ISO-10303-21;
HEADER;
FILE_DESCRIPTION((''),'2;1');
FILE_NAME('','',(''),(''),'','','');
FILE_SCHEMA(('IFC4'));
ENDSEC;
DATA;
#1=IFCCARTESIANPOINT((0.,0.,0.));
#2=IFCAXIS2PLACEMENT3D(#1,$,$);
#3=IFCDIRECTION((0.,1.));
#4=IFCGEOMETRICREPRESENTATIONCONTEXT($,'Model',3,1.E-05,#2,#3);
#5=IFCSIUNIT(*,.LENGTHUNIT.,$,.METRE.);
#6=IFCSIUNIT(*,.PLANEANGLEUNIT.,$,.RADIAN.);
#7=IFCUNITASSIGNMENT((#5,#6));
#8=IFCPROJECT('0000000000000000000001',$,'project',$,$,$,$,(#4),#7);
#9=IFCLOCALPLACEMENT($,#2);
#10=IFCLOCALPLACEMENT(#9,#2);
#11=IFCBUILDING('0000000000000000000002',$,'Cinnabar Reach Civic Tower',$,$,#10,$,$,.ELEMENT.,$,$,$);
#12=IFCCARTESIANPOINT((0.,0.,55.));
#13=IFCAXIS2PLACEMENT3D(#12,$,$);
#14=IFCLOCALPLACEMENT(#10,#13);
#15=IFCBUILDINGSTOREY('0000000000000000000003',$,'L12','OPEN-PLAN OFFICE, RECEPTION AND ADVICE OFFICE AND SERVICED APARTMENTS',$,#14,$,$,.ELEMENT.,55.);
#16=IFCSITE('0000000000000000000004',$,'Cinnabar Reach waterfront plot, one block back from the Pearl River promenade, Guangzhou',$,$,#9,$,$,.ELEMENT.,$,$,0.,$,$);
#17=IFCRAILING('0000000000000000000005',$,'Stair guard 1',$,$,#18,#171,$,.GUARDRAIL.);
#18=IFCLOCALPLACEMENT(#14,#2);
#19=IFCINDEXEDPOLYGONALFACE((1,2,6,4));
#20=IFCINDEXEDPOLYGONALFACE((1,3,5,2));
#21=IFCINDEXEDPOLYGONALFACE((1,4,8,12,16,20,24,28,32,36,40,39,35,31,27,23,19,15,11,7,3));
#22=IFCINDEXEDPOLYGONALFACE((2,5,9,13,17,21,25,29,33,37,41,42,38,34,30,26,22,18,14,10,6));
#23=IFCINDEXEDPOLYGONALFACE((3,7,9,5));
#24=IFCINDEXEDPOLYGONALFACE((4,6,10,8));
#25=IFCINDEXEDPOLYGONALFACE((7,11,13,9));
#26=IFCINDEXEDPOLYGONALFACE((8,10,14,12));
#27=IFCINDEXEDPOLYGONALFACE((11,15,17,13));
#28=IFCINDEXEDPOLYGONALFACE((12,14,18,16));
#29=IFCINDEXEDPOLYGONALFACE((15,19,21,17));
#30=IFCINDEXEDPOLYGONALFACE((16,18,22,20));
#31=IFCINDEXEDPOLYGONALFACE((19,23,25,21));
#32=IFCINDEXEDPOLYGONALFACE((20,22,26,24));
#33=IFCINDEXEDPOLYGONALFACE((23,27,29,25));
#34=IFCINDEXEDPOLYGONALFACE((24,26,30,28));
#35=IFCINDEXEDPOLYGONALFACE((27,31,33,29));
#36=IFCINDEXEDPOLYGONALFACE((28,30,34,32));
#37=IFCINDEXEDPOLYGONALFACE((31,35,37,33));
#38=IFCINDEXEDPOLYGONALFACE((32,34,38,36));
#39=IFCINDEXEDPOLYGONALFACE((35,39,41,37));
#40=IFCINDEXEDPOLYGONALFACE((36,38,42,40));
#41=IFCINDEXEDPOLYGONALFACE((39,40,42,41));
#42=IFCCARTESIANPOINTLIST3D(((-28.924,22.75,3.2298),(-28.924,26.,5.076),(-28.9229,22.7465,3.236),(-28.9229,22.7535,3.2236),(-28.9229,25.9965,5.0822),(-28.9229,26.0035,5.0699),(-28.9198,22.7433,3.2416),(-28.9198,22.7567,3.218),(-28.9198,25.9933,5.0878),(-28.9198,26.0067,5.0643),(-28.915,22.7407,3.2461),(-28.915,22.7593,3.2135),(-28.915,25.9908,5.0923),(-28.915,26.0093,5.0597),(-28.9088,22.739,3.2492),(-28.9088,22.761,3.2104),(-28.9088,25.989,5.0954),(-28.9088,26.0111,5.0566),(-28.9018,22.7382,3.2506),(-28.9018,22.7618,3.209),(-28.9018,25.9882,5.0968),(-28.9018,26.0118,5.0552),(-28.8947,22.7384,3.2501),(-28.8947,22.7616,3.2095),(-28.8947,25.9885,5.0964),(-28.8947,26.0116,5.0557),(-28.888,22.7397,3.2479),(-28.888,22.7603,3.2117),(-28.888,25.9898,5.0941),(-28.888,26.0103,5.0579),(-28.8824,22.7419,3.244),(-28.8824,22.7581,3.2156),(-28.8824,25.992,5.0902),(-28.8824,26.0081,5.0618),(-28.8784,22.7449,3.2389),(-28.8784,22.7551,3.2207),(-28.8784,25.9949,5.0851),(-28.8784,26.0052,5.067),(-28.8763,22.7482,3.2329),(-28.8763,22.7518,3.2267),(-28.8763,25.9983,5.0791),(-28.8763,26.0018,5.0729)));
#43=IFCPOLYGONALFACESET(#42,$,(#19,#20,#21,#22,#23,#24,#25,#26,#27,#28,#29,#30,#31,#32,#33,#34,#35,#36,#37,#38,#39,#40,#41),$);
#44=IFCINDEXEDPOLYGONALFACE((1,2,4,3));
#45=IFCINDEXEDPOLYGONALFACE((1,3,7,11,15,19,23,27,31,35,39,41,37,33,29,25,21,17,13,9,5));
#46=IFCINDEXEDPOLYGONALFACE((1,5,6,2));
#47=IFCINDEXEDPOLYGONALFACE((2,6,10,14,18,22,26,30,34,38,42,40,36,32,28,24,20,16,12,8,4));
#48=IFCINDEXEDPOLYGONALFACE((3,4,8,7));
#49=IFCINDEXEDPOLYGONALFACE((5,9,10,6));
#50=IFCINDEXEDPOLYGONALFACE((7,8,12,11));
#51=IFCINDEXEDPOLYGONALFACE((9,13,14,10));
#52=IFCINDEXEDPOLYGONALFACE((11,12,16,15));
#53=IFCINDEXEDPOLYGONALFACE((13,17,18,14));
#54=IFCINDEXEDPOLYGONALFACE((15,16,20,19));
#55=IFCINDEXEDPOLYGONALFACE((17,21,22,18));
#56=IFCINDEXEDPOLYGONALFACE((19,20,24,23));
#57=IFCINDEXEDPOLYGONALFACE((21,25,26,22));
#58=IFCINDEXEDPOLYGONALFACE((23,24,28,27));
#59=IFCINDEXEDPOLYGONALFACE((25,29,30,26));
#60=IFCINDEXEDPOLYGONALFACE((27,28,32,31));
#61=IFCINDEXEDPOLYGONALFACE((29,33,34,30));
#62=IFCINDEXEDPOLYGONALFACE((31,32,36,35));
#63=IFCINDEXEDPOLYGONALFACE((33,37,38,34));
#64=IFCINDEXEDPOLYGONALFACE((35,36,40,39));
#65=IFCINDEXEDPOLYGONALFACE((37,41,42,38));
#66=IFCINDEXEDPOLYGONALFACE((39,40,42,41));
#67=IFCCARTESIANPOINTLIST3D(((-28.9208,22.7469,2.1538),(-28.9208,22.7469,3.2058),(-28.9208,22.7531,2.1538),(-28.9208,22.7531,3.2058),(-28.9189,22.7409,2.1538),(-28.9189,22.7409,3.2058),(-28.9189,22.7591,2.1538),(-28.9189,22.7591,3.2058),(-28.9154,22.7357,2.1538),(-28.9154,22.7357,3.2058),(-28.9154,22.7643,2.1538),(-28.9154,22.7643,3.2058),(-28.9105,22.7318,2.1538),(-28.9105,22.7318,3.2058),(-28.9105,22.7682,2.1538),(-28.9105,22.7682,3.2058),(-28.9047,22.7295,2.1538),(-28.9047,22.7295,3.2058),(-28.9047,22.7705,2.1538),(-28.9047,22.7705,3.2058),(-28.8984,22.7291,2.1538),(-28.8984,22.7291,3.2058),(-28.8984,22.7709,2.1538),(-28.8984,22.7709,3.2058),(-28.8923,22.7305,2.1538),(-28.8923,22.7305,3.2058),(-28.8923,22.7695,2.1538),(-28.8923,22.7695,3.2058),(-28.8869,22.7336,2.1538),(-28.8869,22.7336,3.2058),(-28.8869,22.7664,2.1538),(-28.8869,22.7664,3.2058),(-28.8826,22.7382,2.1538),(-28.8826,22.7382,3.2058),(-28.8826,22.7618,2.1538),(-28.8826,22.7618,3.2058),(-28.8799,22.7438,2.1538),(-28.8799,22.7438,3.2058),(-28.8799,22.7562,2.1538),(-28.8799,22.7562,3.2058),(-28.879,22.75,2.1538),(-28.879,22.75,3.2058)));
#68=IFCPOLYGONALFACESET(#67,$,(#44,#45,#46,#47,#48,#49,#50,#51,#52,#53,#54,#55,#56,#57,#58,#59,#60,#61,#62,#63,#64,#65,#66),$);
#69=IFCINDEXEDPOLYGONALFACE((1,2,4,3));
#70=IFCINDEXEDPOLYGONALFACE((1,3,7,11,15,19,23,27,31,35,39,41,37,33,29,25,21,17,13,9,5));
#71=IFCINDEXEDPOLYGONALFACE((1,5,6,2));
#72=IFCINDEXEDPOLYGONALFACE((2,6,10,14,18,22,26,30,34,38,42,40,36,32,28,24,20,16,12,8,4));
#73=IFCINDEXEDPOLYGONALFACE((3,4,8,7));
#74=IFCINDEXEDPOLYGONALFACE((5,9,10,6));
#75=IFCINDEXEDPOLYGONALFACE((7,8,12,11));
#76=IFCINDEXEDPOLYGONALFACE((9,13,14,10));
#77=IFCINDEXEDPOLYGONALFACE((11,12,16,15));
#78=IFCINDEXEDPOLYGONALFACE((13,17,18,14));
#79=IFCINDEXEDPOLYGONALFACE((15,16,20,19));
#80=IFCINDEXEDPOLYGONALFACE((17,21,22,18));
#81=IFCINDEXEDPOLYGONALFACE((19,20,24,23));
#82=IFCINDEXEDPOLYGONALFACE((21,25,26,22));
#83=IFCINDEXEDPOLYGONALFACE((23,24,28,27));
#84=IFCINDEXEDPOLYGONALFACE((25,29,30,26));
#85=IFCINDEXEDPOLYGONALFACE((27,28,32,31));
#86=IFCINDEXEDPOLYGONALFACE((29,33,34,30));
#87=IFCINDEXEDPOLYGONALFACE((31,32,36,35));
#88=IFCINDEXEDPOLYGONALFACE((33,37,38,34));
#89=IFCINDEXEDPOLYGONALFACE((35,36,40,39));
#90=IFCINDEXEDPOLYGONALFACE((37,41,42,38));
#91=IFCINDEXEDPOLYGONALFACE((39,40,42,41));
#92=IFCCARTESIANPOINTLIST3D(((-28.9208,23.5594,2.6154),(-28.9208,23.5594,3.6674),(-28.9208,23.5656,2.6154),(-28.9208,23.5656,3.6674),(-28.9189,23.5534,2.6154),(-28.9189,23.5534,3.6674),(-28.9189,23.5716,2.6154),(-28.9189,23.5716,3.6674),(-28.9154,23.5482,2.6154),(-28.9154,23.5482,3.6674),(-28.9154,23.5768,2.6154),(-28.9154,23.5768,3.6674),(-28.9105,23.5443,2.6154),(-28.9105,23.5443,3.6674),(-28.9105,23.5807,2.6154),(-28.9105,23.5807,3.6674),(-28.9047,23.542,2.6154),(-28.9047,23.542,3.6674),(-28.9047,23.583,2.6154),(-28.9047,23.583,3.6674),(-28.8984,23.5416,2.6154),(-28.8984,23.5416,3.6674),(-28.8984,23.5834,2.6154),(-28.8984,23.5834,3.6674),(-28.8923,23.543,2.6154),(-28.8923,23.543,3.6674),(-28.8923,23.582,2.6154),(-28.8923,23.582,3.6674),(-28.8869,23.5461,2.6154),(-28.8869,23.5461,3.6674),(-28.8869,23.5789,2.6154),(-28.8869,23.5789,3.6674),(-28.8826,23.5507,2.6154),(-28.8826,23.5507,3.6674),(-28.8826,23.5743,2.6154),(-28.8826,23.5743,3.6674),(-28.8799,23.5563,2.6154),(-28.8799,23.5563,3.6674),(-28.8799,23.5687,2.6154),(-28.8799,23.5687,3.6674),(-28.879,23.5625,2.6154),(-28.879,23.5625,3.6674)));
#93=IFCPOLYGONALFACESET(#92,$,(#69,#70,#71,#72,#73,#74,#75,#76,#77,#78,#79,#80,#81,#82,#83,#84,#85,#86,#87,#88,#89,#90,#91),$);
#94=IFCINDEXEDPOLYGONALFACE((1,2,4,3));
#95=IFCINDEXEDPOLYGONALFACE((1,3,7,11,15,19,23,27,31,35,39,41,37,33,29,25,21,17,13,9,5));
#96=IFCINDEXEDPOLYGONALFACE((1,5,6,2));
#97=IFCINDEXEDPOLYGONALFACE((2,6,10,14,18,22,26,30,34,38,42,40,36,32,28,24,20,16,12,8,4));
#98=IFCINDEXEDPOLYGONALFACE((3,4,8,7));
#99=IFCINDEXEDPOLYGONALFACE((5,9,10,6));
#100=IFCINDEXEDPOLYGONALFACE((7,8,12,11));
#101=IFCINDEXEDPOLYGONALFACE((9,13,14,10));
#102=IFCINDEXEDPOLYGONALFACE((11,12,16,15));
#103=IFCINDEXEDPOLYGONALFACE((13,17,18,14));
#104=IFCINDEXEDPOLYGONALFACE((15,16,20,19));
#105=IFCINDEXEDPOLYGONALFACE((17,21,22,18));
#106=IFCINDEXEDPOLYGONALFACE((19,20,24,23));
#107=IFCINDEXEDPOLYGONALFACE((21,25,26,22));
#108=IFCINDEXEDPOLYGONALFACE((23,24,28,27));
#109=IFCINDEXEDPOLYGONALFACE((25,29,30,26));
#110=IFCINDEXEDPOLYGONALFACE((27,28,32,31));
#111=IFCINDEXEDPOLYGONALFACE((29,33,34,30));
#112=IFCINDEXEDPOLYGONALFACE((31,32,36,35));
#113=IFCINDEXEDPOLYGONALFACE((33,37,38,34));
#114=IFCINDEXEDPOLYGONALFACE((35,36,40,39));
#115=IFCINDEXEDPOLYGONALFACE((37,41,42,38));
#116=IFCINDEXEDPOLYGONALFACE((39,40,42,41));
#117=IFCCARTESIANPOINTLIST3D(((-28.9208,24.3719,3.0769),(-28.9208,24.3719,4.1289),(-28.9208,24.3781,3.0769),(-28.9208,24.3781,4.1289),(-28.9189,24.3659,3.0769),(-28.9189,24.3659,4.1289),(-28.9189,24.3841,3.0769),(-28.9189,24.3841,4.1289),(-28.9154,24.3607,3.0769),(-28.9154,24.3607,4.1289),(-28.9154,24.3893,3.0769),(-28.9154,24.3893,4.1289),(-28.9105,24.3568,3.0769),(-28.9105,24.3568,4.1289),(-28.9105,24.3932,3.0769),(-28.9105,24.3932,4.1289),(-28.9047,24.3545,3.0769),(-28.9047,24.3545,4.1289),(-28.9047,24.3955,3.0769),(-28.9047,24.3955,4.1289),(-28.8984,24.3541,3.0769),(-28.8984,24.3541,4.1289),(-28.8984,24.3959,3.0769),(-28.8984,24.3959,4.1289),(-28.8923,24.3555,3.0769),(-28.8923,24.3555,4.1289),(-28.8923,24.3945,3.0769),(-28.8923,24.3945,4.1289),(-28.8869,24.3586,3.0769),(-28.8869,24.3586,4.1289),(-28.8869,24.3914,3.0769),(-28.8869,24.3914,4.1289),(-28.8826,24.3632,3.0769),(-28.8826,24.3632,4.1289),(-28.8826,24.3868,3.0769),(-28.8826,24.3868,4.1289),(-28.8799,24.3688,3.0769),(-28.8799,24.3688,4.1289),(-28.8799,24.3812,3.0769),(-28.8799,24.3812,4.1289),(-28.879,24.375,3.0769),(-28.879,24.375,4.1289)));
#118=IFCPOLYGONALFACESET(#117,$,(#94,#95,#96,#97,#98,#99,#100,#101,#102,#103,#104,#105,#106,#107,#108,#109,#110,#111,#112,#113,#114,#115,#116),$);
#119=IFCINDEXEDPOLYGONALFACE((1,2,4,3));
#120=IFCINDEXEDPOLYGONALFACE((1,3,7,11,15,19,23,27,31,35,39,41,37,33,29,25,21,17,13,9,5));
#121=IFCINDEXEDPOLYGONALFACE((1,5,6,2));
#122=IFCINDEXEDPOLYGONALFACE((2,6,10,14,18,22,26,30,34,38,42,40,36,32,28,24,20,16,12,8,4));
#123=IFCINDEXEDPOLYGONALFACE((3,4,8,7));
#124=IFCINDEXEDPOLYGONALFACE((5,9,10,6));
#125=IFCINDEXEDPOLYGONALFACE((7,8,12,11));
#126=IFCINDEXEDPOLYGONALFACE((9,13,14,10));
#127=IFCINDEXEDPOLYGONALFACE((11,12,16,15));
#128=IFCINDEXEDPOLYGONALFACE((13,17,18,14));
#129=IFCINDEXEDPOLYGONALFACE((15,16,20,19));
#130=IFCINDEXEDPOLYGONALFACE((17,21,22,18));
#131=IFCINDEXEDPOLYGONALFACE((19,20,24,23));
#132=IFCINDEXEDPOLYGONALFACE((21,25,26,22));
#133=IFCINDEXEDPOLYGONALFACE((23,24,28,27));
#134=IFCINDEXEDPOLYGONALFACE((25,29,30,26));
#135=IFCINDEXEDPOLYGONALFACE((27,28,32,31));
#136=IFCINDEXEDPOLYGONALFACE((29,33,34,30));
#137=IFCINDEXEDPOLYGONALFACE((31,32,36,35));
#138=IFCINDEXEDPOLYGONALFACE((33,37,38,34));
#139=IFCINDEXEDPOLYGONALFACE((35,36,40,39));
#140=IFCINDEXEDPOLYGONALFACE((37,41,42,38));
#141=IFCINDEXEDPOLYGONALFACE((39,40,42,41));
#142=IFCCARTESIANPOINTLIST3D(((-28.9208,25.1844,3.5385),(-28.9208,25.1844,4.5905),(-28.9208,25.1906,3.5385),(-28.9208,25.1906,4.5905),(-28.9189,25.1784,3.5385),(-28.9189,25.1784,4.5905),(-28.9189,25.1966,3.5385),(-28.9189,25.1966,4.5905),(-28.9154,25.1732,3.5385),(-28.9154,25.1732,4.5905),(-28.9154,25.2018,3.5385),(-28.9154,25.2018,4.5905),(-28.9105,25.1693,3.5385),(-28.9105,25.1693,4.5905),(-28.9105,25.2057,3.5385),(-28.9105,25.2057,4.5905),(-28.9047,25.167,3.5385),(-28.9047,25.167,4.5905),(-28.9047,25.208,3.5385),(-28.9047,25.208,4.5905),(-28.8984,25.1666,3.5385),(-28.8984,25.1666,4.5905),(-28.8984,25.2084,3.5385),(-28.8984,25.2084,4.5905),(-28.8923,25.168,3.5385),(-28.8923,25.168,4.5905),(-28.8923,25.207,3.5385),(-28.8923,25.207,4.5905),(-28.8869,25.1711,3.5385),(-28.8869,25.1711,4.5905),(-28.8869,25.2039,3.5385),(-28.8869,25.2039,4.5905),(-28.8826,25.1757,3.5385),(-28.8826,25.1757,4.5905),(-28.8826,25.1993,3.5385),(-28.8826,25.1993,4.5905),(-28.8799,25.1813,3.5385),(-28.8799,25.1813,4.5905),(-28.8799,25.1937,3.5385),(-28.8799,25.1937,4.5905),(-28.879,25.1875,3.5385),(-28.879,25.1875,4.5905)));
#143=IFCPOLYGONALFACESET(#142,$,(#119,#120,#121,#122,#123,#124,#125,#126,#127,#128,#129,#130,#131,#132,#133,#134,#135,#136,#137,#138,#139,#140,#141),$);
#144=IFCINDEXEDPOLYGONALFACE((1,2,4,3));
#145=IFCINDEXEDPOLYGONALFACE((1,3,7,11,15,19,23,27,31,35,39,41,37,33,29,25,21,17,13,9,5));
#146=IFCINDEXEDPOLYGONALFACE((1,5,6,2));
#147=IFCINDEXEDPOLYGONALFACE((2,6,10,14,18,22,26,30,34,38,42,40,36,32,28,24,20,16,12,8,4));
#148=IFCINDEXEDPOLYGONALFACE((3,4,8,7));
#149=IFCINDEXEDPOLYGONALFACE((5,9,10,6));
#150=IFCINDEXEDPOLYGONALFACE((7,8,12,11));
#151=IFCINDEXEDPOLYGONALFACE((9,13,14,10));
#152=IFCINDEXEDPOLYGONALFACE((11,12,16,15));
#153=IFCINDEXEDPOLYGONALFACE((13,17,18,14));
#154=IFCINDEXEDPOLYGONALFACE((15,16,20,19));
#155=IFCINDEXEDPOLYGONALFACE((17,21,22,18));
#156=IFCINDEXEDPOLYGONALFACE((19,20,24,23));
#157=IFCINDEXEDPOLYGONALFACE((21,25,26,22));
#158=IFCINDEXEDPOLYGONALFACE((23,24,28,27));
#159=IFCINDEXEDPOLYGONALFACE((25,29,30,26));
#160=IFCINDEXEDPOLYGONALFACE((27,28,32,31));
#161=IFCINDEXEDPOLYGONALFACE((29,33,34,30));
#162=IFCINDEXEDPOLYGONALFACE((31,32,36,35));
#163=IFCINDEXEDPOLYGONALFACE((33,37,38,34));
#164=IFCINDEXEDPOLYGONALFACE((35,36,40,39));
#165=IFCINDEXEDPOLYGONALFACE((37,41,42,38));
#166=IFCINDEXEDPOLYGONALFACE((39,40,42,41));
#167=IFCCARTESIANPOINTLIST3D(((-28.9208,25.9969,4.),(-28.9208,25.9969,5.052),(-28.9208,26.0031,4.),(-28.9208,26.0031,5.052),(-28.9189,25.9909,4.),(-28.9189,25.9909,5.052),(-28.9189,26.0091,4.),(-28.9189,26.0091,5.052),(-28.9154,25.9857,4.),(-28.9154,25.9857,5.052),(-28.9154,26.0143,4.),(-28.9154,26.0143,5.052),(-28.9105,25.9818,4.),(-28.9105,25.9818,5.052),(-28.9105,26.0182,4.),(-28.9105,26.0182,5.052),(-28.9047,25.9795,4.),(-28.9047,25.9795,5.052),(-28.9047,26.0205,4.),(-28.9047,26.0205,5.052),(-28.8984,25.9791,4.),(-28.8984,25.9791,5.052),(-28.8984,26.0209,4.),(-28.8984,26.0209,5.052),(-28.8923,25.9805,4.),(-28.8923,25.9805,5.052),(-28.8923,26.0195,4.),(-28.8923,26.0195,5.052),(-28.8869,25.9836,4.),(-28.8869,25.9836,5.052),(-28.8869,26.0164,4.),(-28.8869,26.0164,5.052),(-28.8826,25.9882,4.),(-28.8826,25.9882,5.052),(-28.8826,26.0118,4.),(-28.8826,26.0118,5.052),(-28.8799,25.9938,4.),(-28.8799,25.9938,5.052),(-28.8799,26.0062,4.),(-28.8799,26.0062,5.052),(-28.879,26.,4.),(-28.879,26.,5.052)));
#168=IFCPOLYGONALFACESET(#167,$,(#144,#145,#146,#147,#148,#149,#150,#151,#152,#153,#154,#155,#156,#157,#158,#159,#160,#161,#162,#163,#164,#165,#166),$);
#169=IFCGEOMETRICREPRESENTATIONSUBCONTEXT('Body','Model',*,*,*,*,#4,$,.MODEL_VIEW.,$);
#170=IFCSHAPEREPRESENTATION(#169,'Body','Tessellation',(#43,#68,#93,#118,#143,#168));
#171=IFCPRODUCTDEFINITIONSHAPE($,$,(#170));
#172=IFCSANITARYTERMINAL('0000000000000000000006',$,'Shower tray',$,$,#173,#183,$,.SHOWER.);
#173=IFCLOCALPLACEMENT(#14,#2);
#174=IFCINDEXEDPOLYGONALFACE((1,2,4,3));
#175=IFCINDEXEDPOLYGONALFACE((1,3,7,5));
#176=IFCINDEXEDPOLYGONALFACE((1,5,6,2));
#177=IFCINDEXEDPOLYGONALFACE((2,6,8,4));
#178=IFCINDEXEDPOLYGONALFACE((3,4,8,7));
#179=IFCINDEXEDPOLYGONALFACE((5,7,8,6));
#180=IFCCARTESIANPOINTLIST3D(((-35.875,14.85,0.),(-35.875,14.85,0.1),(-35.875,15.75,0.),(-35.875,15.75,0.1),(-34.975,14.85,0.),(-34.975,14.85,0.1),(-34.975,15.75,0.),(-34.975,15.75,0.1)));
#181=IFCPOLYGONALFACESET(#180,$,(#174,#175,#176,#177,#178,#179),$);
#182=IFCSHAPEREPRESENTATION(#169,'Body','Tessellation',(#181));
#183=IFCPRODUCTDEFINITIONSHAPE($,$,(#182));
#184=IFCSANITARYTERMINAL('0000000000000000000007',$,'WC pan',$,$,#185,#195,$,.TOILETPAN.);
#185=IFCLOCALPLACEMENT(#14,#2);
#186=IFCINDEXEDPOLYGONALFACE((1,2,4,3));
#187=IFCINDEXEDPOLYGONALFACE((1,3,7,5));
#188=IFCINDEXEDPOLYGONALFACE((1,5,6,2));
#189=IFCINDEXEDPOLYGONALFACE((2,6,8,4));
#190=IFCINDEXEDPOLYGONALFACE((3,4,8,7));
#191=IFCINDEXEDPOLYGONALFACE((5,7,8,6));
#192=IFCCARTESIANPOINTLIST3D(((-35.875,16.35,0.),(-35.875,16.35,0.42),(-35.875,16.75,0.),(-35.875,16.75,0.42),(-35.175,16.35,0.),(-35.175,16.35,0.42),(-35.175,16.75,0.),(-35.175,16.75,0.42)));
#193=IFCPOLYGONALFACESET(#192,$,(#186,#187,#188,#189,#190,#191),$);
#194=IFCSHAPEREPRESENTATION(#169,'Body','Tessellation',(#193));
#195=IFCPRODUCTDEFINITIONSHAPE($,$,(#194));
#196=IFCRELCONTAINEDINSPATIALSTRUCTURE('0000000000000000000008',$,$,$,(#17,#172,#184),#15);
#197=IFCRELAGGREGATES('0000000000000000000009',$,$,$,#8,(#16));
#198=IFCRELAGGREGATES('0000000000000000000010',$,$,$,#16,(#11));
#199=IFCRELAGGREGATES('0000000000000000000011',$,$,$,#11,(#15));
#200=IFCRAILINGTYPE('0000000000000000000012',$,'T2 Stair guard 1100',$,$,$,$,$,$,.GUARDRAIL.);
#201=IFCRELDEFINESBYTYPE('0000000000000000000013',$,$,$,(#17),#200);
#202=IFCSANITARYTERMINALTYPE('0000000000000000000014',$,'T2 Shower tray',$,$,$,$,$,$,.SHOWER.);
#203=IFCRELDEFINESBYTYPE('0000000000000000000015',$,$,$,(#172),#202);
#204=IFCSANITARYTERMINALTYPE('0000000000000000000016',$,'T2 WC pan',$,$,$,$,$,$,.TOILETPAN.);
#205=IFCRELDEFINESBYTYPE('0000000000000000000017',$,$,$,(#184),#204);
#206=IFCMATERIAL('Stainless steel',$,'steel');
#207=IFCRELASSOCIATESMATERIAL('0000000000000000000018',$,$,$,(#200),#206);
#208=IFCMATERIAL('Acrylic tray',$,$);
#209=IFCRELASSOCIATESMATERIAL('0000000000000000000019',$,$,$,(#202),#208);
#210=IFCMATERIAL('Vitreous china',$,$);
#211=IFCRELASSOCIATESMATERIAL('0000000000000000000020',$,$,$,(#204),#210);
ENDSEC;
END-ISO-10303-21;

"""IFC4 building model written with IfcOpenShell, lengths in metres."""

from ifc_helpers import new_model, si_unit, direction, frame, origin, origin_2d, place, context, subcontext, project, spatial, rectangle, circle, extrude, material, type_object, element, save


model = new_model("IFC4")

# Units and contexts
model_context = context("Model", 3, precision=1e-05, world=origin(), true_north=direction((0.0, 1.0)))
body_context = subcontext(model_context, "Body", "Model", "MODEL_VIEW")
ifc_project = project(units=[si_unit("LENGTHUNIT", "METRE"), si_unit("PLANEANGLEUNIT", "RADIAN")], contexts=[model_context])

# Site, building, storey
site_placement = place(None, origin())
site = spatial("IfcSite", under=ifc_project, at=site_placement, Name="Cinnabar Reach waterfront plot, one block back from the Pearl River promenade, Guangzhou", CompositionType="ELEMENT", RefElevation=0.0)
building_placement = place(site_placement, origin())
building = spatial("IfcBuilding", under=site, at=building_placement, Name="Cinnabar Reach Civic Tower", CompositionType="ELEMENT")
storey_placement = place(building_placement, frame((0.0, 0.0, 55.0)))
storey = spatial("IfcBuildingStorey", under=building, at=storey_placement, Name="L12", Description="OPEN-PLAN OFFICE, RECEPTION AND ADVICE OFFICE AND SERVICED APARTMENTS", CompositionType="ELEMENT", Elevation=55.0)

# Railing
ifc_material_1 = material(Name="Stainless steel", Category="steel")
railing_type = type_object("IfcRailingType", Name="T2 Stair guard 1100", PredefinedType="GUARDRAIL", material=ifc_material_1)
railing_1_placement = place(storey_placement, frame((-28.9, 22.75, 2.1538)))
element("IfcRailing", 1, at=railing_1_placement, inside=storey, type_object=railing_type, Name="Stair guard 1", PredefinedType="GUARDRAIL", context=body_context, shape_type="SweptSolid", body=[
    extrude(circle(Radius=0.024, at=origin_2d()), frame((0.0, 0.0, 1.076), z_axis=(0.0, 0.869501, 0.49393), x_axis=(-1.0, 0.0, 0.0)), (0.0, 0.0, 1.0), 3.7378),
    extrude(circle(Radius=0.021, at=origin_2d()), origin(), (0.0, 0.0, 1.0), 1.052),
    extrude(circle(Radius=0.021, at=origin_2d()), frame((0.0, 0.8125, 0.4616)), (0.0, 0.0, 1.0), 1.052),
    extrude(circle(Radius=0.021, at=origin_2d()), frame((0.0, 1.625, 0.9231)), (0.0, 0.0, 1.0), 1.052),
    extrude(circle(Radius=0.021, at=origin_2d()), frame((0.0, 2.4375, 1.3847)), (0.0, 0.0, 1.0), 1.052),
    extrude(circle(Radius=0.021, at=origin_2d()), frame((0.0, 3.25, 1.8462)), (0.0, 0.0, 1.0), 1.052),
])

# Sanitary terminals
ifc_material_2 = material(Name="Acrylic tray")
sanitary_terminal_type_1 = type_object("IfcSanitaryTerminalType", Name="T2 Shower tray", PredefinedType="SHOWER", material=ifc_material_2)
sanitary_terminal_1_placement = place(storey_placement, frame((-35.425, 15.3, 0.0), z_axis=(0.0, 0.0, 1.0), x_axis=(1.0, 0.0, 0.0)))
element("IfcSanitaryTerminal", 2, at=sanitary_terminal_1_placement, inside=storey, type_object=sanitary_terminal_type_1, Name="Shower tray", PredefinedType="SHOWER", context=body_context, shape_type="SweptSolid", body=[
    extrude(rectangle(XDim=0.9, YDim=0.9, at=origin_2d()), origin(), (0.0, 0.0, 1.0), 0.1),
])
ifc_material_3 = material(Name="Vitreous china")
sanitary_terminal_type_2 = type_object("IfcSanitaryTerminalType", Name="T2 WC pan", PredefinedType="TOILETPAN", material=ifc_material_3)
sanitary_terminal_2_placement = place(storey_placement, frame((-35.525, 16.55, 0.0), z_axis=(0.0, 0.0, 1.0), x_axis=(1.0, 0.0, 0.0)))
element("IfcSanitaryTerminal", 3, at=sanitary_terminal_2_placement, inside=storey, type_object=sanitary_terminal_type_2, Name="WC pan", PredefinedType="TOILETPAN", context=body_context, shape_type="SweptSolid", body=[
    extrude(rectangle(XDim=0.7, YDim=0.4, at=origin_2d()), origin(), (0.0, 0.0, 1.0), 0.42),
])

save(model, "model.ifc")
